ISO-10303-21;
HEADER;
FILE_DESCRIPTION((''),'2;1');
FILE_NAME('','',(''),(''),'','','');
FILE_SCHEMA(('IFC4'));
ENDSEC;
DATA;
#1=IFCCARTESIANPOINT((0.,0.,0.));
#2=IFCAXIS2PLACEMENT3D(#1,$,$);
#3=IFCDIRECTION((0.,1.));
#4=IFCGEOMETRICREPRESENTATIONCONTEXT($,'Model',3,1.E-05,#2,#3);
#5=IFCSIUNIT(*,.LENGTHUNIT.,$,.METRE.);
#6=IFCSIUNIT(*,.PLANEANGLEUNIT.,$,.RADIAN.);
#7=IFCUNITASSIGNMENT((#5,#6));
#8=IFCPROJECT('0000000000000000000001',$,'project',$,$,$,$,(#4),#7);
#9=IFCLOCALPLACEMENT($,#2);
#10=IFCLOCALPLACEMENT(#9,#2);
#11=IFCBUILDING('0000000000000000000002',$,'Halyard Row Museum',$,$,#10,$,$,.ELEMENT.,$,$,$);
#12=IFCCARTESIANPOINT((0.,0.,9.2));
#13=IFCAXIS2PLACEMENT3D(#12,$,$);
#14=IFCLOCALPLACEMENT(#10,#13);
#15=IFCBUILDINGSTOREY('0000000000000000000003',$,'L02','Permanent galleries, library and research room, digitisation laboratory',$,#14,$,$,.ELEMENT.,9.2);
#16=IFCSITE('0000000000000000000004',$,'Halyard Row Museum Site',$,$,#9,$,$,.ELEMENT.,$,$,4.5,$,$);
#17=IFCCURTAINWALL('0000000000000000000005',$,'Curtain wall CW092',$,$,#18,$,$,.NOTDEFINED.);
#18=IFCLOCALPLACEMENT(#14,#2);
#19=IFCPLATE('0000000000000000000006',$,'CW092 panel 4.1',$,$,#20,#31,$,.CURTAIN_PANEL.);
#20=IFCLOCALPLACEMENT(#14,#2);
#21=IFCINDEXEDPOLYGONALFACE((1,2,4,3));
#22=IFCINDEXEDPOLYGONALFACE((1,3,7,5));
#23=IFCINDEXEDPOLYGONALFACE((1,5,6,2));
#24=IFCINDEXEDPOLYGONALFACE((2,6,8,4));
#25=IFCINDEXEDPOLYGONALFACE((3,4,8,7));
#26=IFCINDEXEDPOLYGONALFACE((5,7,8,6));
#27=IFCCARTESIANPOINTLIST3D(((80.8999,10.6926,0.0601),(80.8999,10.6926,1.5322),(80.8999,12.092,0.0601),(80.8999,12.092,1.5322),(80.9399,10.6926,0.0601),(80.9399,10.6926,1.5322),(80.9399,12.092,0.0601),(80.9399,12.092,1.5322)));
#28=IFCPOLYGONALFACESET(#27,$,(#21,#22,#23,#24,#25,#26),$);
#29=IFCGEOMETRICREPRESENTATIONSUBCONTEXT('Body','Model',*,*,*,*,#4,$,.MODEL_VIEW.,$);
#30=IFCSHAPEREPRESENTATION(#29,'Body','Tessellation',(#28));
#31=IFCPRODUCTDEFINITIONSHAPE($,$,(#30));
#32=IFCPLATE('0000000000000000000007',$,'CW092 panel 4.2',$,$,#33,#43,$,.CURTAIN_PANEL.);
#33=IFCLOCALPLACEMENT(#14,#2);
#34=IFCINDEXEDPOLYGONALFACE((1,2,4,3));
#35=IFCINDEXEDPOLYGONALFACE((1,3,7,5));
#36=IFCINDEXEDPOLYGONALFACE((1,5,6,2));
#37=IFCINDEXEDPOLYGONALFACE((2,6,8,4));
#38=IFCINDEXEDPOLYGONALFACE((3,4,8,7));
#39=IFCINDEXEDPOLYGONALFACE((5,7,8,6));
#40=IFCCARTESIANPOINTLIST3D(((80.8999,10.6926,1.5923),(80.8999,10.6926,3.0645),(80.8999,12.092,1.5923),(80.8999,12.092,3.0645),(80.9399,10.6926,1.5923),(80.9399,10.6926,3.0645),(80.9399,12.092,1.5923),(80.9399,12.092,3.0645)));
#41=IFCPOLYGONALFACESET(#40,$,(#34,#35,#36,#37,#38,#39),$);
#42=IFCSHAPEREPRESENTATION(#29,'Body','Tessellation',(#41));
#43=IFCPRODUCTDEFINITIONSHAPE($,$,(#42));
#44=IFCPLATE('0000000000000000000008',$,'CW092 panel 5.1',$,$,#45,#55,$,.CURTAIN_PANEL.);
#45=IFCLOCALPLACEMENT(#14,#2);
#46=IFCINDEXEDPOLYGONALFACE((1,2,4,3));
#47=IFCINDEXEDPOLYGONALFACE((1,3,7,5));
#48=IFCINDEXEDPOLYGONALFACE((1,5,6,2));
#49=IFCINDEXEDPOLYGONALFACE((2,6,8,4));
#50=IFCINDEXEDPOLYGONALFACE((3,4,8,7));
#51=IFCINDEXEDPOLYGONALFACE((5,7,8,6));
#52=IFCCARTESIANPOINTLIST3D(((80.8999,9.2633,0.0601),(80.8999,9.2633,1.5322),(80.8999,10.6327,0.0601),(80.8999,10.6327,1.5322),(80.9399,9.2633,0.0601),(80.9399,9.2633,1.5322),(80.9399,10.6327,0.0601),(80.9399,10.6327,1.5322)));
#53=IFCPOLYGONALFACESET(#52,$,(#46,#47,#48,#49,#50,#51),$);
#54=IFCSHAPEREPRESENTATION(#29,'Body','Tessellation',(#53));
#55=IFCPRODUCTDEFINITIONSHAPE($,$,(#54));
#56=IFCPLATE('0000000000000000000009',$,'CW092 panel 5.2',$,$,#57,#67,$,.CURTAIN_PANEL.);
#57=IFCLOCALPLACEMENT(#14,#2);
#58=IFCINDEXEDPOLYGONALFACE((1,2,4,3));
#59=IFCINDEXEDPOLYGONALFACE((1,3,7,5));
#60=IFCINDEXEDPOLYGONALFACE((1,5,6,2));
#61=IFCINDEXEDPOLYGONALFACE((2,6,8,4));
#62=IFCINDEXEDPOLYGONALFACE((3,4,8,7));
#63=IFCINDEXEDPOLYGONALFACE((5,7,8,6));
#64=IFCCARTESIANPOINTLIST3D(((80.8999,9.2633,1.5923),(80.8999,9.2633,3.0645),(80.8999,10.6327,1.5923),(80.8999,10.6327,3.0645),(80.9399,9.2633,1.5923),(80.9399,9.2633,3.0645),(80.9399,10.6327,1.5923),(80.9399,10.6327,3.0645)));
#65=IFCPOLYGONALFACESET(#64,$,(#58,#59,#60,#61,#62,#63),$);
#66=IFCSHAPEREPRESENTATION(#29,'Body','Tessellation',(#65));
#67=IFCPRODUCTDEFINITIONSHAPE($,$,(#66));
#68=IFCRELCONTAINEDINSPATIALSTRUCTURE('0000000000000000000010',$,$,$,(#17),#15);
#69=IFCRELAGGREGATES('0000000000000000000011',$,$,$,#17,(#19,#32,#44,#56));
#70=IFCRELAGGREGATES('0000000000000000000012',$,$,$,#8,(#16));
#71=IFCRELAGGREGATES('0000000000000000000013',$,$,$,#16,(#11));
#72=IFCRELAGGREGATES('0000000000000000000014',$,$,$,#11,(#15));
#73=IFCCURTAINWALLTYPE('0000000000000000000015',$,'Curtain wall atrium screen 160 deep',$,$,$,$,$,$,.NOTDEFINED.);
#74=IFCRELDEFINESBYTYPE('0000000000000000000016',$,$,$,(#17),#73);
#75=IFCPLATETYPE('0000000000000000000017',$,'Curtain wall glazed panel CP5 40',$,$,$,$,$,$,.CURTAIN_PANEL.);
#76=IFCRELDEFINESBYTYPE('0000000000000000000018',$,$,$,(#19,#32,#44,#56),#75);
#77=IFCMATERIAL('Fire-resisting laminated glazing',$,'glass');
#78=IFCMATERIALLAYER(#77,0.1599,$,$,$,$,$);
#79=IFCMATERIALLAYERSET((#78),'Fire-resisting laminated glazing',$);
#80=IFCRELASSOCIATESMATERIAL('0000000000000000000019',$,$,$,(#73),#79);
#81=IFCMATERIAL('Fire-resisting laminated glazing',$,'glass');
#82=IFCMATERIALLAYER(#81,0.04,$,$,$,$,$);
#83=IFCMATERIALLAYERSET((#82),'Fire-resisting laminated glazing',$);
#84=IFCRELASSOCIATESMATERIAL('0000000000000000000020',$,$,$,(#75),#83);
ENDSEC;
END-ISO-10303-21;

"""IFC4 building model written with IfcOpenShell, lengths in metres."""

from ifc_helpers import new_model, si_unit, direction, frame, origin, origin_2d, place, context, subcontext, project, spatial, rectangle, extrude, material, layer, layer_set, type_object, element, aggregate, save


model = new_model("IFC4")

# Units and contexts
model_context = context("Model", 3, precision=1e-05, world=origin(), true_north=direction((0.0, 1.0)))
body_context = subcontext(model_context, "Body", "Model", "MODEL_VIEW")
ifc_project = project(units=[si_unit("LENGTHUNIT", "METRE"), si_unit("PLANEANGLEUNIT", "RADIAN")], contexts=[model_context])

# Site, building, storey
site_placement = place(None, origin())
site = spatial("IfcSite", under=ifc_project, at=site_placement, Name="Halyard Row Museum Site", CompositionType="ELEMENT", RefElevation=4.5)
building_placement = place(site_placement, origin())
building = spatial("IfcBuilding", under=site, at=building_placement, Name="Halyard Row Museum", CompositionType="ELEMENT")
storey_placement = place(building_placement, frame((0.0, 0.0, 9.2)))
storey = spatial("IfcBuildingStorey", under=building, at=storey_placement, Name="L02", Description="Permanent galleries, library and research room, digitisation laboratory", CompositionType="ELEMENT", Elevation=9.2)

# Shared definitions
ifc_material_1 = material(Name="Fire-resisting laminated glazing", Category="glass")
ifc_layer_1 = layer(ifc_material_1, 0.1599)
ifc_layer_set_1 = layer_set([ifc_layer_1], Name="Fire-resisting laminated glazing")
curtain_wall_type = type_object("IfcCurtainWallType", Name="Curtain wall atrium screen 160 deep", PredefinedType="NOTDEFINED", material=ifc_layer_set_1)

# Curtain wall
curtain_wall_1_placement = place(storey_placement, origin())
curtain_wall_1 = element("IfcCurtainWall", 1, at=curtain_wall_1_placement, inside=storey, type_object=curtain_wall_type, Name="Curtain wall CW092", PredefinedType="NOTDEFINED")

# Plates
ifc_material_2 = material(Name="Fire-resisting laminated glazing", Category="glass")
ifc_layer_2 = layer(ifc_material_2, 0.04)
ifc_layer_set_2 = layer_set([ifc_layer_2], Name="Fire-resisting laminated glazing")
plate_type = type_object("IfcPlateType", Name="Curtain wall glazed panel CP5 40", PredefinedType="CURTAIN_PANEL", material=ifc_layer_set_2)
plate_1_placement = place(storey_placement, frame((80.9199, 11.3923, 0.0601), z_axis=(0.0, 0.0, 1.0), x_axis=(0.0, -1.0, 0.0)))
plate_1 = element("IfcPlate", 2, at=plate_1_placement, type_object=plate_type, Name="CW092 panel 4.1", PredefinedType="CURTAIN_PANEL", context=body_context, shape_type="SweptSolid", body=[
    extrude(rectangle(XDim=1.3994, YDim=0.04, at=origin_2d()), origin(), (0.0, 0.0, 1.0), 1.4722),
])
plate_2_placement = place(storey_placement, frame((80.9199, 11.3923, 1.5923), z_axis=(0.0, 0.0, 1.0), x_axis=(0.0, -1.0, 0.0)))
plate_2 = element("IfcPlate", 3, at=plate_2_placement, type_object=plate_type, Name="CW092 panel 4.2", PredefinedType="CURTAIN_PANEL", context=body_context, shape_type="SweptSolid", body=[
    extrude(rectangle(XDim=1.3994, YDim=0.04, at=origin_2d()), origin(), (0.0, 0.0, 1.0), 1.4722),
])
plate_3_placement = place(storey_placement, frame((80.9199, 9.948, 0.0601), z_axis=(0.0, 0.0, 1.0), x_axis=(0.0, -1.0, 0.0)))
plate_3 = element("IfcPlate", 4, at=plate_3_placement, type_object=plate_type, Name="CW092 panel 5.1", PredefinedType="CURTAIN_PANEL", context=body_context, shape_type="SweptSolid", body=[
    extrude(rectangle(XDim=1.3694, YDim=0.04, at=origin_2d()), origin(), (0.0, 0.0, 1.0), 1.4722),
])
plate_4_placement = place(storey_placement, frame((80.9199, 9.948, 1.5923), z_axis=(0.0, 0.0, 1.0), x_axis=(0.0, -1.0, 0.0)))
plate_4 = element("IfcPlate", 5, at=plate_4_placement, type_object=plate_type, Name="CW092 panel 5.2", PredefinedType="CURTAIN_PANEL", context=body_context, shape_type="SweptSolid", body=[
    extrude(rectangle(XDim=1.3694, YDim=0.04, at=origin_2d()), origin(), (0.0, 0.0, 1.0), 1.4722),
])
aggregate(curtain_wall_1, [plate_1, plate_2, plate_3, plate_4])

save(model, "model.ifc")
